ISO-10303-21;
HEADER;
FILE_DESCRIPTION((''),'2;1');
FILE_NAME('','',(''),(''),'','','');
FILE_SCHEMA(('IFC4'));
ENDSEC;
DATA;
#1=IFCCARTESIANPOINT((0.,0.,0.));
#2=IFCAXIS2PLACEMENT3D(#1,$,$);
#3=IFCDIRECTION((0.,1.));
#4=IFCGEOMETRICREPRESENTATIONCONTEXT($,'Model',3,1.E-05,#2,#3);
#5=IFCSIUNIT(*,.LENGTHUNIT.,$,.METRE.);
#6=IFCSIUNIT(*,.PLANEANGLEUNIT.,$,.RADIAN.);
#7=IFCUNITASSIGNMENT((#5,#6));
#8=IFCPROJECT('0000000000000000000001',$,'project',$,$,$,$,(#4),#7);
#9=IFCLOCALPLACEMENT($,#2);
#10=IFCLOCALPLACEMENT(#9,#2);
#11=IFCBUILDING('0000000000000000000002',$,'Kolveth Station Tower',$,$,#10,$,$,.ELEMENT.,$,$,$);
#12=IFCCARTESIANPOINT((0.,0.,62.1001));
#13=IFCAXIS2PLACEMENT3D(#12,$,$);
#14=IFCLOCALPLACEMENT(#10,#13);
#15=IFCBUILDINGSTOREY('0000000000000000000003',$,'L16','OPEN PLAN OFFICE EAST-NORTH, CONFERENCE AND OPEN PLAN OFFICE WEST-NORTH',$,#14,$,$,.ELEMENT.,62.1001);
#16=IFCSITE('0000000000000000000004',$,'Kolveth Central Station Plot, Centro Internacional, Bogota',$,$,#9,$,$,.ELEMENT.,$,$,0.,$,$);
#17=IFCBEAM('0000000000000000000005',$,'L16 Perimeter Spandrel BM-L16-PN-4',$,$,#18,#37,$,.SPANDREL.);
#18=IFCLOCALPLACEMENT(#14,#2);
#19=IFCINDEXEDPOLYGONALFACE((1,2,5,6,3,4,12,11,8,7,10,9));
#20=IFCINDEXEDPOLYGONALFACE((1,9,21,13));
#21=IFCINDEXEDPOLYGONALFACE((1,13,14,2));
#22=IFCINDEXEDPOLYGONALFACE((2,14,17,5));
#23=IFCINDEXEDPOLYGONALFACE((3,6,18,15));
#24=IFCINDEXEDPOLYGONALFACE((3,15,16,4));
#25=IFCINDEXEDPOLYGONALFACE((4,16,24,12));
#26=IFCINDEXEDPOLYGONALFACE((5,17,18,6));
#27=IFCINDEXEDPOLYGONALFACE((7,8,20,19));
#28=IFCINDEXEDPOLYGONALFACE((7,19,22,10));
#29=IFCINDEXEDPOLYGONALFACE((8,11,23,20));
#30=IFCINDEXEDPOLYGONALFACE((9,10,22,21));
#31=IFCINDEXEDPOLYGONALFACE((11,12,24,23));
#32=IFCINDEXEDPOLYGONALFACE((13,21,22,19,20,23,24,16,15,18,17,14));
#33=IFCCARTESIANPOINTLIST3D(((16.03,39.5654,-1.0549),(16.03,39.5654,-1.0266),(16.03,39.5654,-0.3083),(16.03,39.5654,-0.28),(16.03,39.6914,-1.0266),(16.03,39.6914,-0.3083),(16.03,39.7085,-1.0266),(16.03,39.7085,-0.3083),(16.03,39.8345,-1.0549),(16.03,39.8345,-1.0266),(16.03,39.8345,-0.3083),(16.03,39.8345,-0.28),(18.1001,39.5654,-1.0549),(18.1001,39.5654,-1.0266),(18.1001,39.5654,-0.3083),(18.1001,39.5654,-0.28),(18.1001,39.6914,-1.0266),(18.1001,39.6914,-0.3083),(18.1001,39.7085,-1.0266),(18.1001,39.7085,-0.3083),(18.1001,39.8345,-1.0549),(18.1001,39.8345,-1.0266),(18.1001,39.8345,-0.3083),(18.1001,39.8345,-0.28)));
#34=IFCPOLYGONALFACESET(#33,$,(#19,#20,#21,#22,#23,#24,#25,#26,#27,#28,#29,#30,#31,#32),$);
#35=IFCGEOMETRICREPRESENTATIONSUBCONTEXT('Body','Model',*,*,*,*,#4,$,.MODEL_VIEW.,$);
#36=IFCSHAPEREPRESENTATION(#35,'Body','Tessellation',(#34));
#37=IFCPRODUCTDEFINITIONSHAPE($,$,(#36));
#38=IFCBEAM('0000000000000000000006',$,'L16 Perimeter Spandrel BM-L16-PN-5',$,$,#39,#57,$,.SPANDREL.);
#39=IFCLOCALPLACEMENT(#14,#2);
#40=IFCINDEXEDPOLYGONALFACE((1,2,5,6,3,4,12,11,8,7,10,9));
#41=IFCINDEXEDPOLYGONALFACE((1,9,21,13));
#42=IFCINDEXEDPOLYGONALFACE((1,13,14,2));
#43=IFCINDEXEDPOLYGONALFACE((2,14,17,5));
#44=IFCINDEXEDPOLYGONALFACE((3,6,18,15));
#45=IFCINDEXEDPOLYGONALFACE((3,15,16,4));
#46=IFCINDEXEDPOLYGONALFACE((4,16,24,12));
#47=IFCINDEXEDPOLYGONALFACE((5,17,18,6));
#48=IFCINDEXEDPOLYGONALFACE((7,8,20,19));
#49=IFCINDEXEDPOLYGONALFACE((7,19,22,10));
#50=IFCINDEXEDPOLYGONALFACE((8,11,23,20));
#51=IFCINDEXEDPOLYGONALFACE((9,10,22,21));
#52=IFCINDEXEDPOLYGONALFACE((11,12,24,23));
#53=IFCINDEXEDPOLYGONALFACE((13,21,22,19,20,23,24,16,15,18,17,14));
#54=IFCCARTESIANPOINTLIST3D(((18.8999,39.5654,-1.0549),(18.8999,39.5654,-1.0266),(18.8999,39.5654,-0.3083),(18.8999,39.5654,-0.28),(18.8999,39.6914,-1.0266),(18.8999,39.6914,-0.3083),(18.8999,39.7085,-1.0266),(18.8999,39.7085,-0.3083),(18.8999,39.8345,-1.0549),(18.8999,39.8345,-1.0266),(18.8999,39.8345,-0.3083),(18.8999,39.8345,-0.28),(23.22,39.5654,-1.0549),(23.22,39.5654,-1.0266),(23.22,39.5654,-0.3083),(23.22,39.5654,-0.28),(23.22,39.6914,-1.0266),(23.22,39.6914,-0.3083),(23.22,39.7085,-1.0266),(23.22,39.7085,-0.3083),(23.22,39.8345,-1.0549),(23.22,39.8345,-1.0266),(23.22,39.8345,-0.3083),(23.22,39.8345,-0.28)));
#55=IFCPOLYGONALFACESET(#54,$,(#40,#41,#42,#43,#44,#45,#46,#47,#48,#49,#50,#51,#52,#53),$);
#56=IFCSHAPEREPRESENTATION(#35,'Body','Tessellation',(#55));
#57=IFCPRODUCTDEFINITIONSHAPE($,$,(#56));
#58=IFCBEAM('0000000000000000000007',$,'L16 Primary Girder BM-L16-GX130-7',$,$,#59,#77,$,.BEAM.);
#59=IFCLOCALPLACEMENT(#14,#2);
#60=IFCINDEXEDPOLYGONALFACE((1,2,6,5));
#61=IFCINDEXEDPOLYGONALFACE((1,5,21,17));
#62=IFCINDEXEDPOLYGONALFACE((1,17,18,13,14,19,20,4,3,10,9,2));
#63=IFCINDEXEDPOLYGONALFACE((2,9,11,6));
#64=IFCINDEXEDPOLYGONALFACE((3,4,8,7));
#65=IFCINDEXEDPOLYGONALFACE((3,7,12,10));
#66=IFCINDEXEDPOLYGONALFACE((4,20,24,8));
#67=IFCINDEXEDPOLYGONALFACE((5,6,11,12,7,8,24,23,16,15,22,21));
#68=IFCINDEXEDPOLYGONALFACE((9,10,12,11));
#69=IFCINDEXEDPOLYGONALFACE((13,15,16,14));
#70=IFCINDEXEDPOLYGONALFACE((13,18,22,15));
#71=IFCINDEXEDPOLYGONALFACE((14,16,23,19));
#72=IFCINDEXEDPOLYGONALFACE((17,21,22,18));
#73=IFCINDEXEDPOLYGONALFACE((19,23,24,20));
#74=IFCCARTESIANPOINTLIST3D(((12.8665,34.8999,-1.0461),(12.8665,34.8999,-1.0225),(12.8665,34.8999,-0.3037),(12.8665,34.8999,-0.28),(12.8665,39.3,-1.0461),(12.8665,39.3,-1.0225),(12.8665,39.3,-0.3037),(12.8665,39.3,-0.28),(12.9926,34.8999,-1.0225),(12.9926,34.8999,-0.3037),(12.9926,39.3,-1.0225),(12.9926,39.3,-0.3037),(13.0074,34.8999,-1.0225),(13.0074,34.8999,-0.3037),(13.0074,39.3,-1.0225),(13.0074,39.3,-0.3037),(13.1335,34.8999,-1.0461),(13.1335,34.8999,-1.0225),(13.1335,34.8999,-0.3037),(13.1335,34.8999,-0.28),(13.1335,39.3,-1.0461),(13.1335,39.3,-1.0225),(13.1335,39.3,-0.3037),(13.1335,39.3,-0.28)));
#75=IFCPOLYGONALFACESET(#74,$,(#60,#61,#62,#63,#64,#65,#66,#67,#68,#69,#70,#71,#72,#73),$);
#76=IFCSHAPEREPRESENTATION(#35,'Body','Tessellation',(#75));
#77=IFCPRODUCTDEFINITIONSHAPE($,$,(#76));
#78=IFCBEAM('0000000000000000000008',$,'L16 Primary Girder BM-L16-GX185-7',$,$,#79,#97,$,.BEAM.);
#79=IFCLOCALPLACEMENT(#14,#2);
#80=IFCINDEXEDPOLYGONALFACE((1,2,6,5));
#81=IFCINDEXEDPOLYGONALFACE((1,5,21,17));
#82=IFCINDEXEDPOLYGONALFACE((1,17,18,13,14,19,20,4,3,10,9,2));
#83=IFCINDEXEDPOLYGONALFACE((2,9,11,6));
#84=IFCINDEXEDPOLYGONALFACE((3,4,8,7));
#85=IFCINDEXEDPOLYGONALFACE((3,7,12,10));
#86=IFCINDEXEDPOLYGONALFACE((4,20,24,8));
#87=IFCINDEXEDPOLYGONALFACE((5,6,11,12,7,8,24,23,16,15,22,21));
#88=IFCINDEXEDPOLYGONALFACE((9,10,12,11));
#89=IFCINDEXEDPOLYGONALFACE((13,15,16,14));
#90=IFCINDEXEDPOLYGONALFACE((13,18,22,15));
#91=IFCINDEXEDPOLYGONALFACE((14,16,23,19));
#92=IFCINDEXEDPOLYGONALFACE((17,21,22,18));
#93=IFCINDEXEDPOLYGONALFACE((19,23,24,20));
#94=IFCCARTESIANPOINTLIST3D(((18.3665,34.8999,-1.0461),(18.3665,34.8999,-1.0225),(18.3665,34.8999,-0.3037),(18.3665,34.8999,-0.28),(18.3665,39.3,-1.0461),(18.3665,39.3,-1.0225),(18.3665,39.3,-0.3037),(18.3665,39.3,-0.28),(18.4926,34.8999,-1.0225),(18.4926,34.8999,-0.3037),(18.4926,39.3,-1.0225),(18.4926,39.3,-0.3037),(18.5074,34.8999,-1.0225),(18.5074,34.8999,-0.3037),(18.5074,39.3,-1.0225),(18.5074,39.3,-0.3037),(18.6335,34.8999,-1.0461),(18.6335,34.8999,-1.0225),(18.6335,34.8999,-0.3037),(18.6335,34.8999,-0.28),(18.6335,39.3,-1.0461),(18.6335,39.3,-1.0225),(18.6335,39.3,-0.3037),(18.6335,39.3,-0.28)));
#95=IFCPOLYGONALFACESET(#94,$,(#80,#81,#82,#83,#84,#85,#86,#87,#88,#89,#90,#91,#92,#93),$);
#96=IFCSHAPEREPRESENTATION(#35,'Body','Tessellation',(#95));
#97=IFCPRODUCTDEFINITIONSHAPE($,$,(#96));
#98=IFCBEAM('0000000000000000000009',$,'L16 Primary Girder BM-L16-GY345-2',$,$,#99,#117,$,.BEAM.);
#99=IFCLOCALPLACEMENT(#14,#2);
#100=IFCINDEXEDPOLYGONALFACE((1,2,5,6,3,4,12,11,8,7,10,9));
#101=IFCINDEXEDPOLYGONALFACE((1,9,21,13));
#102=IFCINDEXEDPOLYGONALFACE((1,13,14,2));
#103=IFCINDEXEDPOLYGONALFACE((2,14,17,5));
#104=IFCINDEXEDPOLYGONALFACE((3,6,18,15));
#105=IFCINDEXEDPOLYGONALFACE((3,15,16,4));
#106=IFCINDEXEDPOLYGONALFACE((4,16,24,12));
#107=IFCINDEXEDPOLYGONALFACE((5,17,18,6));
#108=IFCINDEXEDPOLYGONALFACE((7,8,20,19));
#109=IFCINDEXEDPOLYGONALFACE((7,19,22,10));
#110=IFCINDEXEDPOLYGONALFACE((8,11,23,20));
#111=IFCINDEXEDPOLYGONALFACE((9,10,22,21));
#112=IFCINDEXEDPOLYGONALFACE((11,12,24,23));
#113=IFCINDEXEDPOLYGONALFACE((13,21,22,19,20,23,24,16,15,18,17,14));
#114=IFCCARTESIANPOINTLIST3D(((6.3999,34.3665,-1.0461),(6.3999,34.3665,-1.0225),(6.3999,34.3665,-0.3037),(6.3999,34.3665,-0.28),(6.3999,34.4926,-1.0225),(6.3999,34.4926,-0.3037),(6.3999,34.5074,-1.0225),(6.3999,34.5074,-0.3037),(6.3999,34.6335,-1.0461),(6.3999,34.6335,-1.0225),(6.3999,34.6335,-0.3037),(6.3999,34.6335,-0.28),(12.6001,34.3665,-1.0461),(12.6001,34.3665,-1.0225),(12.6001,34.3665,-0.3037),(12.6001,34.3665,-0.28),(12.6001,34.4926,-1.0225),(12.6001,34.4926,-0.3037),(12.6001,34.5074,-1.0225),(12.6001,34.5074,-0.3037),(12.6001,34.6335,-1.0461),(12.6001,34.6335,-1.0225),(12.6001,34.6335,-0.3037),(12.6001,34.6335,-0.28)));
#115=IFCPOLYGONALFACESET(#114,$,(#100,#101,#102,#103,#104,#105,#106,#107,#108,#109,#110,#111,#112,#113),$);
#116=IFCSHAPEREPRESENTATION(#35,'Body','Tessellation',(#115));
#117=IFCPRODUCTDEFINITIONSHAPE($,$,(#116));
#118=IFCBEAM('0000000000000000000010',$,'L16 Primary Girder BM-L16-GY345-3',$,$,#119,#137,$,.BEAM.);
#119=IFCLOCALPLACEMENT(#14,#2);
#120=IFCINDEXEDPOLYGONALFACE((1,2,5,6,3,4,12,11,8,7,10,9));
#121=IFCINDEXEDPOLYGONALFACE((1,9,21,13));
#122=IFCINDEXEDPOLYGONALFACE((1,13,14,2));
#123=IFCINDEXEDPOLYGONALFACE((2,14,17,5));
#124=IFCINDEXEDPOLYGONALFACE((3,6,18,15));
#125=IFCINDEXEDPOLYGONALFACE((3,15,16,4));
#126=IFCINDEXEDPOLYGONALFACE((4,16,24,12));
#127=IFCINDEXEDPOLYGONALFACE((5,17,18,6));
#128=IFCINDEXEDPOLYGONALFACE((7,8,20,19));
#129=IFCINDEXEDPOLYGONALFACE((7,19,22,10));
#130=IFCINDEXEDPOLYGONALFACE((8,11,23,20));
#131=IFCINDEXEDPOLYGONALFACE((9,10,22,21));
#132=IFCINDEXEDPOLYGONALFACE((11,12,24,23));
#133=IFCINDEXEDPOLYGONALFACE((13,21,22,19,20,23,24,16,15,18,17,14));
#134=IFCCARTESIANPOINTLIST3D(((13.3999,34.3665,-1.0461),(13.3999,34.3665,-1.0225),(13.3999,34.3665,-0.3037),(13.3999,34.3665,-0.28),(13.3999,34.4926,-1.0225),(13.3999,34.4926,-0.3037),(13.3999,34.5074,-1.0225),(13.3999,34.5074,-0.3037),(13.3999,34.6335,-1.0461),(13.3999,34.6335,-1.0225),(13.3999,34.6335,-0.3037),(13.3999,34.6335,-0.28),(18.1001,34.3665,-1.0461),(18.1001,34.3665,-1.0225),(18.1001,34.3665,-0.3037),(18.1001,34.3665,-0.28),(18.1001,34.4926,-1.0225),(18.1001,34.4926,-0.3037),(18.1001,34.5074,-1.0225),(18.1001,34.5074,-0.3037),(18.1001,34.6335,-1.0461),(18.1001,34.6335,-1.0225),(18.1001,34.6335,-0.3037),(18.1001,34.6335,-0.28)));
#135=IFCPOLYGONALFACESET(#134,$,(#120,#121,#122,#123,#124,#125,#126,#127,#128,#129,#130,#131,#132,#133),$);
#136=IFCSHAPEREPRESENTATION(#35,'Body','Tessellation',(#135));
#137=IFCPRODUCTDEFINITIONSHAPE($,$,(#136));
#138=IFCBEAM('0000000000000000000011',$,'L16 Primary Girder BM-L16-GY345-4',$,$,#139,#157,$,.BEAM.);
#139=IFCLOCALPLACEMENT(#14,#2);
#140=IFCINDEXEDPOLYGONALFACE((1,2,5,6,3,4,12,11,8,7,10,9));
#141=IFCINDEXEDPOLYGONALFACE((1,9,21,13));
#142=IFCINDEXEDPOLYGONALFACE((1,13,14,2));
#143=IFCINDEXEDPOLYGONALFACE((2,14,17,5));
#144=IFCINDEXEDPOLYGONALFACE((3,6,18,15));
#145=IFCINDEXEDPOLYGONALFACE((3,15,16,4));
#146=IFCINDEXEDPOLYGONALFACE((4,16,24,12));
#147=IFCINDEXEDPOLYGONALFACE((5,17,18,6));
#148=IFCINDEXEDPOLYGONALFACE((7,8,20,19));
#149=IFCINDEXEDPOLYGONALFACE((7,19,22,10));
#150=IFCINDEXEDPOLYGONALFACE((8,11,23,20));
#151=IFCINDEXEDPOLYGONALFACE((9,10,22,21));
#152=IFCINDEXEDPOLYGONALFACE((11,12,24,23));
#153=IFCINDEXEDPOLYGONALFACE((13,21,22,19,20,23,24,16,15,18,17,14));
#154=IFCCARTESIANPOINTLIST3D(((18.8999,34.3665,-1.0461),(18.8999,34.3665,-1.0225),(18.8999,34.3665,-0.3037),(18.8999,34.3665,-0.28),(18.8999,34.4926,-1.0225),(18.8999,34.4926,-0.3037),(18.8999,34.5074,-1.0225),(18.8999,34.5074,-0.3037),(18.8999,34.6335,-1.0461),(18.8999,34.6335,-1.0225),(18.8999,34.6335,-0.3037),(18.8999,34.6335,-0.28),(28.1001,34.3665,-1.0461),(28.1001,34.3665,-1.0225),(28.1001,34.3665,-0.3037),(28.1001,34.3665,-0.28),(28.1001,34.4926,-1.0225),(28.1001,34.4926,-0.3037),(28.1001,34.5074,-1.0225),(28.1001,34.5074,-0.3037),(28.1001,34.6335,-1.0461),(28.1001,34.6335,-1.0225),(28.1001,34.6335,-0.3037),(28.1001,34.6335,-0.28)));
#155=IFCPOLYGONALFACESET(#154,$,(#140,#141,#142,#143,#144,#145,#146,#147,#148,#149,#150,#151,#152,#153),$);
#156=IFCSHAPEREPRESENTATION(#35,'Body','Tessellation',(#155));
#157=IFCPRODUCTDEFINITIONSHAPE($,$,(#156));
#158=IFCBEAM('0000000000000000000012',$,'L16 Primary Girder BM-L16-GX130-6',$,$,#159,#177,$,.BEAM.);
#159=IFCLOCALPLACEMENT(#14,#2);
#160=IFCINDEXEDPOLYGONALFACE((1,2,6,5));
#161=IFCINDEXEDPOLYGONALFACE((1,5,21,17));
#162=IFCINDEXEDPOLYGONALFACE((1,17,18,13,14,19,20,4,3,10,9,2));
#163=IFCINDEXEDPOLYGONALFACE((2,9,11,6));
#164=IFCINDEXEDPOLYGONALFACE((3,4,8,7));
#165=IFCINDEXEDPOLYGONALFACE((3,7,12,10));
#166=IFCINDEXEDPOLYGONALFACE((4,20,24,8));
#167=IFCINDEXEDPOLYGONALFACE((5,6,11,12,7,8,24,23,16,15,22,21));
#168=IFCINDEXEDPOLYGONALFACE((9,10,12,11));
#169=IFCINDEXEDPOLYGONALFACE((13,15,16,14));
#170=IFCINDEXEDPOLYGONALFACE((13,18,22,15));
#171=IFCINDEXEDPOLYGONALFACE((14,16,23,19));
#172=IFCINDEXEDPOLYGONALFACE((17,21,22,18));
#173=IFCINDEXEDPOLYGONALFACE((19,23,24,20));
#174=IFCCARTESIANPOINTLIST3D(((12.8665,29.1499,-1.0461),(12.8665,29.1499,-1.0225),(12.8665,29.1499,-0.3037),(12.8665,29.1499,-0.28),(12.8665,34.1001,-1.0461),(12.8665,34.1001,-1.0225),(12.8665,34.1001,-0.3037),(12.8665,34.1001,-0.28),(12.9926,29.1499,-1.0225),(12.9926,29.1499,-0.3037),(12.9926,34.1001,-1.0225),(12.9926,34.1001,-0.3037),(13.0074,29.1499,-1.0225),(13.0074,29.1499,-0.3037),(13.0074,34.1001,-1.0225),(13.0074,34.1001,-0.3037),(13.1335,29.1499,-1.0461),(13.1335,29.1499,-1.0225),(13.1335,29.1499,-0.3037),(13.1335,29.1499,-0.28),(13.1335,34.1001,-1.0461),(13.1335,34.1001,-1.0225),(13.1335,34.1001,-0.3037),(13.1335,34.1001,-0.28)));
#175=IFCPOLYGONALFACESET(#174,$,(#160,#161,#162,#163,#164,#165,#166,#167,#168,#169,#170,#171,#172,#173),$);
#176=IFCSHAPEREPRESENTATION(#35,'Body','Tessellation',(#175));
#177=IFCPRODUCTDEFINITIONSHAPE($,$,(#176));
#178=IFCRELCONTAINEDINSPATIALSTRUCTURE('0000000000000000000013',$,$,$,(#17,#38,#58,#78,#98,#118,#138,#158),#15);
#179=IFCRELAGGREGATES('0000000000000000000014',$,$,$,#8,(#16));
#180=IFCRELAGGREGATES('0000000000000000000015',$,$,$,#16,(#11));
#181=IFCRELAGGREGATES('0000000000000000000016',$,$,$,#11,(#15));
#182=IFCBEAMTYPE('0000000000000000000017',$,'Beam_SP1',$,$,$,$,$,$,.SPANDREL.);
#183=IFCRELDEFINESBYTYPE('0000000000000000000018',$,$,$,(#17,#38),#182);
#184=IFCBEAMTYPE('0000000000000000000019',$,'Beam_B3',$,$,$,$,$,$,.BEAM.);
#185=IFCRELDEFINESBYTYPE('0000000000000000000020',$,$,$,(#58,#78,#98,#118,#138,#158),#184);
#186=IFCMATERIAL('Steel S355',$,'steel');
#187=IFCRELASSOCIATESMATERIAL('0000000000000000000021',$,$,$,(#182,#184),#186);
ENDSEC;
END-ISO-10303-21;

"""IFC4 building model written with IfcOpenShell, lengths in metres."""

from ifc_helpers import new_model, si_unit, direction, frame, origin, origin_2d, place, context, subcontext, project, spatial, i_section, extrude, source, transform, mapped, material, material_profile, profile_set, type_object, element, save


model = new_model("IFC4")

# Units and contexts
model_context = context("Model", 3, precision=1e-05, world=origin(), true_north=direction((0.0, 1.0)))
body_context = subcontext(model_context, "Body", "Model", "MODEL_VIEW")
ifc_project = project(units=[si_unit("LENGTHUNIT", "METRE"), si_unit("PLANEANGLEUNIT", "RADIAN")], contexts=[model_context])

# Site, building, storey
site_placement = place(None, origin())
site = spatial("IfcSite", under=ifc_project, at=site_placement, Name="Kolveth Central Station Plot, Centro Internacional, Bogota", CompositionType="ELEMENT", RefElevation=0.0)
building_placement = place(site_placement, origin())
building = spatial("IfcBuilding", under=site, at=building_placement, Name="Kolveth Station Tower", CompositionType="ELEMENT")
storey_placement = place(building_placement, frame((0.0, 0.0, 62.1001)))
storey = spatial("IfcBuildingStorey", under=building, at=storey_placement, Name="L16", Description="OPEN PLAN OFFICE EAST-NORTH, CONFERENCE AND OPEN PLAN OFFICE WEST-NORTH", CompositionType="ELEMENT", Elevation=62.1001)

# Shared definitions
ifc_material_1 = material(Name="Steel S355", Category="steel")

# Beams
ifc_material_profile_1 = material_profile(ifc_material_1, i_section(OverallWidth=0.269, OverallDepth=0.7749, WebThickness=0.0171, FlangeThickness=0.0283, at=origin_2d()), Name="W760x220")
ifc_profile_set_1 = profile_set([ifc_material_profile_1], Name="Steel S355")
beam_type_1 = type_object("IfcBeamType", Name="Beam_SP1", PredefinedType="SPANDREL", material=ifc_profile_set_1)
shared_shape_1 = source(origin(), body_context, "Body", "SweptSolid", [
    extrude(i_section(OverallWidth=0.269, OverallDepth=0.7749, WebThickness=0.0171, FlangeThickness=0.0283, at=origin_2d()), origin(), (0.0, 0.0, 1.0), 2.0701),
])
for number, where, z_axis, x_axis, name in (
    (1, (16.03, 39.7, -0.6675), (1.0, 0.0, 0.0), (0.0, 1.0, 0.0), "L16 Perimeter Spandrel BM-L16-PN-4"),
):
    element("IfcBeam", number, at=place(storey_placement, frame(where, z_axis=z_axis, x_axis=x_axis)), inside=storey, type_object=beam_type_1, Name=name, PredefinedType="SPANDREL", context=body_context, shape_type="MappedRepresentation", body=[
        mapped(shared_shape_1, transform((0.0, 0.0, 0.0), x_axis=(1.0, 0.0, 0.0), y_axis=(0.0, 1.0, 0.0), z_axis=(0.0, 0.0, 1.0), scale=1.0)),
    ])
shared_shape_2 = source(origin(), body_context, "Body", "SweptSolid", [
    extrude(i_section(OverallWidth=0.269, OverallDepth=0.7749, WebThickness=0.0171, FlangeThickness=0.0283, at=origin_2d()), origin(), (0.0, 0.0, 1.0), 4.3201),
])
beam_1_placement = place(storey_placement, frame((18.8999, 39.7, -0.6675), z_axis=(1.0, 0.0, 0.0), x_axis=(0.0, 1.0, 0.0)))
element("IfcBeam", 2, at=beam_1_placement, inside=storey, type_object=beam_type_1, Name="L16 Perimeter Spandrel BM-L16-PN-5", PredefinedType="SPANDREL", context=body_context, shape_type="MappedRepresentation", body=[
    mapped(shared_shape_2, transform((0.0, 0.0, 0.0), x_axis=(1.0, 0.0, 0.0), y_axis=(0.0, 1.0, 0.0), z_axis=(0.0, 0.0, 1.0), scale=1.0)),
])
ifc_material_profile_2 = material_profile(ifc_material_1, i_section(OverallWidth=0.2671, OverallDepth=0.7661, WebThickness=0.0149, FlangeThickness=0.0237, at=origin_2d()), Name="W760x185")
ifc_profile_set_2 = profile_set([ifc_material_profile_2], Name="Steel S355")
beam_type_2 = type_object("IfcBeamType", Name="Beam_B3", PredefinedType="BEAM", material=ifc_profile_set_2)
shared_shape_3 = source(origin(), body_context, "Body", "SweptSolid", [
    extrude(i_section(OverallWidth=0.2671, OverallDepth=0.7661, WebThickness=0.0149, FlangeThickness=0.0237, at=origin_2d()), origin(), (0.0, 0.0, 1.0), 4.4001),
])
for number, where, z_axis, x_axis, name in (
    (3, (13.0, 34.8999, -0.6631), (0.0, 1.0, 0.0), (-1.0, 0.0, 0.0), "L16 Primary Girder BM-L16-GX130-7"),
    (4, (18.5, 34.8999, -0.6631), (0.0, 1.0, 0.0), (-1.0, 0.0, 0.0), "L16 Primary Girder BM-L16-GX185-7"),
):
    element("IfcBeam", number, at=place(storey_placement, frame(where, z_axis=z_axis, x_axis=x_axis)), inside=storey, type_object=beam_type_2, Name=name, PredefinedType="BEAM", context=body_context, shape_type="MappedRepresentation", body=[
        mapped(shared_shape_3, transform((0.0, 0.0, 0.0), x_axis=(1.0, 0.0, 0.0), y_axis=(0.0, 1.0, 0.0), z_axis=(0.0, 0.0, 1.0), scale=1.0)),
    ])
shared_shape_4 = source(origin(), body_context, "Body", "SweptSolid", [
    extrude(i_section(OverallWidth=0.2671, OverallDepth=0.7661, WebThickness=0.0149, FlangeThickness=0.0237, at=origin_2d()), origin(), (0.0, 0.0, 1.0), 6.2002),
])
beam_2_placement = place(storey_placement, frame((6.3999, 34.5, -0.6631), z_axis=(1.0, 0.0, 0.0), x_axis=(0.0, 1.0, 0.0)))
element("IfcBeam", 5, at=beam_2_placement, inside=storey, type_object=beam_type_2, Name="L16 Primary Girder BM-L16-GY345-2", PredefinedType="BEAM", context=body_context, shape_type="MappedRepresentation", body=[
    mapped(shared_shape_4, transform((0.0, 0.0, 0.0), x_axis=(1.0, 0.0, 0.0), y_axis=(0.0, 1.0, 0.0), z_axis=(0.0, 0.0, 1.0), scale=1.0)),
])
shared_shape_5 = source(origin(), body_context, "Body", "SweptSolid", [
    extrude(i_section(OverallWidth=0.2671, OverallDepth=0.7661, WebThickness=0.0149, FlangeThickness=0.0237, at=origin_2d()), origin(), (0.0, 0.0, 1.0), 4.7002),
])
beam_3_placement = place(storey_placement, frame((13.3999, 34.5, -0.6631), z_axis=(1.0, 0.0, 0.0), x_axis=(0.0, 1.0, 0.0)))
element("IfcBeam", 6, at=beam_3_placement, inside=storey, type_object=beam_type_2, Name="L16 Primary Girder BM-L16-GY345-3", PredefinedType="BEAM", context=body_context, shape_type="MappedRepresentation", body=[
    mapped(shared_shape_5, transform((0.0, 0.0, 0.0), x_axis=(1.0, 0.0, 0.0), y_axis=(0.0, 1.0, 0.0), z_axis=(0.0, 0.0, 1.0), scale=1.0)),
])
shared_shape_6 = source(origin(), body_context, "Body", "SweptSolid", [
    extrude(i_section(OverallWidth=0.2671, OverallDepth=0.7661, WebThickness=0.0149, FlangeThickness=0.0237, at=origin_2d()), origin(), (0.0, 0.0, 1.0), 9.2002),
])
beam_4_placement = place(storey_placement, frame((18.8999, 34.5, -0.6631), z_axis=(1.0, 0.0, 0.0), x_axis=(0.0, 1.0, 0.0)))
element("IfcBeam", 7, at=beam_4_placement, inside=storey, type_object=beam_type_2, Name="L16 Primary Girder BM-L16-GY345-4", PredefinedType="BEAM", context=body_context, shape_type="MappedRepresentation", body=[
    mapped(shared_shape_6, transform((0.0, 0.0, 0.0), x_axis=(1.0, 0.0, 0.0), y_axis=(0.0, 1.0, 0.0), z_axis=(0.0, 0.0, 1.0), scale=1.0)),
])
shared_shape_7 = source(origin(), body_context, "Body", "SweptSolid", [
    extrude(i_section(OverallWidth=0.2671, OverallDepth=0.7661, WebThickness=0.0149, FlangeThickness=0.0237, at=origin_2d()), origin(), (0.0, 0.0, 1.0), 4.9502),
])
beam_5_placement = place(storey_placement, frame((13.0, 29.1499, -0.6631), z_axis=(0.0, 1.0, 0.0), x_axis=(-1.0, 0.0, 0.0)))
element("IfcBeam", 8, at=beam_5_placement, inside=storey, type_object=beam_type_2, Name="L16 Primary Girder BM-L16-GX130-6", PredefinedType="BEAM", context=body_context, shape_type="MappedRepresentation", body=[
    mapped(shared_shape_7, transform((0.0, 0.0, 0.0), x_axis=(1.0, 0.0, 0.0), y_axis=(0.0, 1.0, 0.0), z_axis=(0.0, 0.0, 1.0), scale=1.0)),
])

save(model, "model.ifc")
